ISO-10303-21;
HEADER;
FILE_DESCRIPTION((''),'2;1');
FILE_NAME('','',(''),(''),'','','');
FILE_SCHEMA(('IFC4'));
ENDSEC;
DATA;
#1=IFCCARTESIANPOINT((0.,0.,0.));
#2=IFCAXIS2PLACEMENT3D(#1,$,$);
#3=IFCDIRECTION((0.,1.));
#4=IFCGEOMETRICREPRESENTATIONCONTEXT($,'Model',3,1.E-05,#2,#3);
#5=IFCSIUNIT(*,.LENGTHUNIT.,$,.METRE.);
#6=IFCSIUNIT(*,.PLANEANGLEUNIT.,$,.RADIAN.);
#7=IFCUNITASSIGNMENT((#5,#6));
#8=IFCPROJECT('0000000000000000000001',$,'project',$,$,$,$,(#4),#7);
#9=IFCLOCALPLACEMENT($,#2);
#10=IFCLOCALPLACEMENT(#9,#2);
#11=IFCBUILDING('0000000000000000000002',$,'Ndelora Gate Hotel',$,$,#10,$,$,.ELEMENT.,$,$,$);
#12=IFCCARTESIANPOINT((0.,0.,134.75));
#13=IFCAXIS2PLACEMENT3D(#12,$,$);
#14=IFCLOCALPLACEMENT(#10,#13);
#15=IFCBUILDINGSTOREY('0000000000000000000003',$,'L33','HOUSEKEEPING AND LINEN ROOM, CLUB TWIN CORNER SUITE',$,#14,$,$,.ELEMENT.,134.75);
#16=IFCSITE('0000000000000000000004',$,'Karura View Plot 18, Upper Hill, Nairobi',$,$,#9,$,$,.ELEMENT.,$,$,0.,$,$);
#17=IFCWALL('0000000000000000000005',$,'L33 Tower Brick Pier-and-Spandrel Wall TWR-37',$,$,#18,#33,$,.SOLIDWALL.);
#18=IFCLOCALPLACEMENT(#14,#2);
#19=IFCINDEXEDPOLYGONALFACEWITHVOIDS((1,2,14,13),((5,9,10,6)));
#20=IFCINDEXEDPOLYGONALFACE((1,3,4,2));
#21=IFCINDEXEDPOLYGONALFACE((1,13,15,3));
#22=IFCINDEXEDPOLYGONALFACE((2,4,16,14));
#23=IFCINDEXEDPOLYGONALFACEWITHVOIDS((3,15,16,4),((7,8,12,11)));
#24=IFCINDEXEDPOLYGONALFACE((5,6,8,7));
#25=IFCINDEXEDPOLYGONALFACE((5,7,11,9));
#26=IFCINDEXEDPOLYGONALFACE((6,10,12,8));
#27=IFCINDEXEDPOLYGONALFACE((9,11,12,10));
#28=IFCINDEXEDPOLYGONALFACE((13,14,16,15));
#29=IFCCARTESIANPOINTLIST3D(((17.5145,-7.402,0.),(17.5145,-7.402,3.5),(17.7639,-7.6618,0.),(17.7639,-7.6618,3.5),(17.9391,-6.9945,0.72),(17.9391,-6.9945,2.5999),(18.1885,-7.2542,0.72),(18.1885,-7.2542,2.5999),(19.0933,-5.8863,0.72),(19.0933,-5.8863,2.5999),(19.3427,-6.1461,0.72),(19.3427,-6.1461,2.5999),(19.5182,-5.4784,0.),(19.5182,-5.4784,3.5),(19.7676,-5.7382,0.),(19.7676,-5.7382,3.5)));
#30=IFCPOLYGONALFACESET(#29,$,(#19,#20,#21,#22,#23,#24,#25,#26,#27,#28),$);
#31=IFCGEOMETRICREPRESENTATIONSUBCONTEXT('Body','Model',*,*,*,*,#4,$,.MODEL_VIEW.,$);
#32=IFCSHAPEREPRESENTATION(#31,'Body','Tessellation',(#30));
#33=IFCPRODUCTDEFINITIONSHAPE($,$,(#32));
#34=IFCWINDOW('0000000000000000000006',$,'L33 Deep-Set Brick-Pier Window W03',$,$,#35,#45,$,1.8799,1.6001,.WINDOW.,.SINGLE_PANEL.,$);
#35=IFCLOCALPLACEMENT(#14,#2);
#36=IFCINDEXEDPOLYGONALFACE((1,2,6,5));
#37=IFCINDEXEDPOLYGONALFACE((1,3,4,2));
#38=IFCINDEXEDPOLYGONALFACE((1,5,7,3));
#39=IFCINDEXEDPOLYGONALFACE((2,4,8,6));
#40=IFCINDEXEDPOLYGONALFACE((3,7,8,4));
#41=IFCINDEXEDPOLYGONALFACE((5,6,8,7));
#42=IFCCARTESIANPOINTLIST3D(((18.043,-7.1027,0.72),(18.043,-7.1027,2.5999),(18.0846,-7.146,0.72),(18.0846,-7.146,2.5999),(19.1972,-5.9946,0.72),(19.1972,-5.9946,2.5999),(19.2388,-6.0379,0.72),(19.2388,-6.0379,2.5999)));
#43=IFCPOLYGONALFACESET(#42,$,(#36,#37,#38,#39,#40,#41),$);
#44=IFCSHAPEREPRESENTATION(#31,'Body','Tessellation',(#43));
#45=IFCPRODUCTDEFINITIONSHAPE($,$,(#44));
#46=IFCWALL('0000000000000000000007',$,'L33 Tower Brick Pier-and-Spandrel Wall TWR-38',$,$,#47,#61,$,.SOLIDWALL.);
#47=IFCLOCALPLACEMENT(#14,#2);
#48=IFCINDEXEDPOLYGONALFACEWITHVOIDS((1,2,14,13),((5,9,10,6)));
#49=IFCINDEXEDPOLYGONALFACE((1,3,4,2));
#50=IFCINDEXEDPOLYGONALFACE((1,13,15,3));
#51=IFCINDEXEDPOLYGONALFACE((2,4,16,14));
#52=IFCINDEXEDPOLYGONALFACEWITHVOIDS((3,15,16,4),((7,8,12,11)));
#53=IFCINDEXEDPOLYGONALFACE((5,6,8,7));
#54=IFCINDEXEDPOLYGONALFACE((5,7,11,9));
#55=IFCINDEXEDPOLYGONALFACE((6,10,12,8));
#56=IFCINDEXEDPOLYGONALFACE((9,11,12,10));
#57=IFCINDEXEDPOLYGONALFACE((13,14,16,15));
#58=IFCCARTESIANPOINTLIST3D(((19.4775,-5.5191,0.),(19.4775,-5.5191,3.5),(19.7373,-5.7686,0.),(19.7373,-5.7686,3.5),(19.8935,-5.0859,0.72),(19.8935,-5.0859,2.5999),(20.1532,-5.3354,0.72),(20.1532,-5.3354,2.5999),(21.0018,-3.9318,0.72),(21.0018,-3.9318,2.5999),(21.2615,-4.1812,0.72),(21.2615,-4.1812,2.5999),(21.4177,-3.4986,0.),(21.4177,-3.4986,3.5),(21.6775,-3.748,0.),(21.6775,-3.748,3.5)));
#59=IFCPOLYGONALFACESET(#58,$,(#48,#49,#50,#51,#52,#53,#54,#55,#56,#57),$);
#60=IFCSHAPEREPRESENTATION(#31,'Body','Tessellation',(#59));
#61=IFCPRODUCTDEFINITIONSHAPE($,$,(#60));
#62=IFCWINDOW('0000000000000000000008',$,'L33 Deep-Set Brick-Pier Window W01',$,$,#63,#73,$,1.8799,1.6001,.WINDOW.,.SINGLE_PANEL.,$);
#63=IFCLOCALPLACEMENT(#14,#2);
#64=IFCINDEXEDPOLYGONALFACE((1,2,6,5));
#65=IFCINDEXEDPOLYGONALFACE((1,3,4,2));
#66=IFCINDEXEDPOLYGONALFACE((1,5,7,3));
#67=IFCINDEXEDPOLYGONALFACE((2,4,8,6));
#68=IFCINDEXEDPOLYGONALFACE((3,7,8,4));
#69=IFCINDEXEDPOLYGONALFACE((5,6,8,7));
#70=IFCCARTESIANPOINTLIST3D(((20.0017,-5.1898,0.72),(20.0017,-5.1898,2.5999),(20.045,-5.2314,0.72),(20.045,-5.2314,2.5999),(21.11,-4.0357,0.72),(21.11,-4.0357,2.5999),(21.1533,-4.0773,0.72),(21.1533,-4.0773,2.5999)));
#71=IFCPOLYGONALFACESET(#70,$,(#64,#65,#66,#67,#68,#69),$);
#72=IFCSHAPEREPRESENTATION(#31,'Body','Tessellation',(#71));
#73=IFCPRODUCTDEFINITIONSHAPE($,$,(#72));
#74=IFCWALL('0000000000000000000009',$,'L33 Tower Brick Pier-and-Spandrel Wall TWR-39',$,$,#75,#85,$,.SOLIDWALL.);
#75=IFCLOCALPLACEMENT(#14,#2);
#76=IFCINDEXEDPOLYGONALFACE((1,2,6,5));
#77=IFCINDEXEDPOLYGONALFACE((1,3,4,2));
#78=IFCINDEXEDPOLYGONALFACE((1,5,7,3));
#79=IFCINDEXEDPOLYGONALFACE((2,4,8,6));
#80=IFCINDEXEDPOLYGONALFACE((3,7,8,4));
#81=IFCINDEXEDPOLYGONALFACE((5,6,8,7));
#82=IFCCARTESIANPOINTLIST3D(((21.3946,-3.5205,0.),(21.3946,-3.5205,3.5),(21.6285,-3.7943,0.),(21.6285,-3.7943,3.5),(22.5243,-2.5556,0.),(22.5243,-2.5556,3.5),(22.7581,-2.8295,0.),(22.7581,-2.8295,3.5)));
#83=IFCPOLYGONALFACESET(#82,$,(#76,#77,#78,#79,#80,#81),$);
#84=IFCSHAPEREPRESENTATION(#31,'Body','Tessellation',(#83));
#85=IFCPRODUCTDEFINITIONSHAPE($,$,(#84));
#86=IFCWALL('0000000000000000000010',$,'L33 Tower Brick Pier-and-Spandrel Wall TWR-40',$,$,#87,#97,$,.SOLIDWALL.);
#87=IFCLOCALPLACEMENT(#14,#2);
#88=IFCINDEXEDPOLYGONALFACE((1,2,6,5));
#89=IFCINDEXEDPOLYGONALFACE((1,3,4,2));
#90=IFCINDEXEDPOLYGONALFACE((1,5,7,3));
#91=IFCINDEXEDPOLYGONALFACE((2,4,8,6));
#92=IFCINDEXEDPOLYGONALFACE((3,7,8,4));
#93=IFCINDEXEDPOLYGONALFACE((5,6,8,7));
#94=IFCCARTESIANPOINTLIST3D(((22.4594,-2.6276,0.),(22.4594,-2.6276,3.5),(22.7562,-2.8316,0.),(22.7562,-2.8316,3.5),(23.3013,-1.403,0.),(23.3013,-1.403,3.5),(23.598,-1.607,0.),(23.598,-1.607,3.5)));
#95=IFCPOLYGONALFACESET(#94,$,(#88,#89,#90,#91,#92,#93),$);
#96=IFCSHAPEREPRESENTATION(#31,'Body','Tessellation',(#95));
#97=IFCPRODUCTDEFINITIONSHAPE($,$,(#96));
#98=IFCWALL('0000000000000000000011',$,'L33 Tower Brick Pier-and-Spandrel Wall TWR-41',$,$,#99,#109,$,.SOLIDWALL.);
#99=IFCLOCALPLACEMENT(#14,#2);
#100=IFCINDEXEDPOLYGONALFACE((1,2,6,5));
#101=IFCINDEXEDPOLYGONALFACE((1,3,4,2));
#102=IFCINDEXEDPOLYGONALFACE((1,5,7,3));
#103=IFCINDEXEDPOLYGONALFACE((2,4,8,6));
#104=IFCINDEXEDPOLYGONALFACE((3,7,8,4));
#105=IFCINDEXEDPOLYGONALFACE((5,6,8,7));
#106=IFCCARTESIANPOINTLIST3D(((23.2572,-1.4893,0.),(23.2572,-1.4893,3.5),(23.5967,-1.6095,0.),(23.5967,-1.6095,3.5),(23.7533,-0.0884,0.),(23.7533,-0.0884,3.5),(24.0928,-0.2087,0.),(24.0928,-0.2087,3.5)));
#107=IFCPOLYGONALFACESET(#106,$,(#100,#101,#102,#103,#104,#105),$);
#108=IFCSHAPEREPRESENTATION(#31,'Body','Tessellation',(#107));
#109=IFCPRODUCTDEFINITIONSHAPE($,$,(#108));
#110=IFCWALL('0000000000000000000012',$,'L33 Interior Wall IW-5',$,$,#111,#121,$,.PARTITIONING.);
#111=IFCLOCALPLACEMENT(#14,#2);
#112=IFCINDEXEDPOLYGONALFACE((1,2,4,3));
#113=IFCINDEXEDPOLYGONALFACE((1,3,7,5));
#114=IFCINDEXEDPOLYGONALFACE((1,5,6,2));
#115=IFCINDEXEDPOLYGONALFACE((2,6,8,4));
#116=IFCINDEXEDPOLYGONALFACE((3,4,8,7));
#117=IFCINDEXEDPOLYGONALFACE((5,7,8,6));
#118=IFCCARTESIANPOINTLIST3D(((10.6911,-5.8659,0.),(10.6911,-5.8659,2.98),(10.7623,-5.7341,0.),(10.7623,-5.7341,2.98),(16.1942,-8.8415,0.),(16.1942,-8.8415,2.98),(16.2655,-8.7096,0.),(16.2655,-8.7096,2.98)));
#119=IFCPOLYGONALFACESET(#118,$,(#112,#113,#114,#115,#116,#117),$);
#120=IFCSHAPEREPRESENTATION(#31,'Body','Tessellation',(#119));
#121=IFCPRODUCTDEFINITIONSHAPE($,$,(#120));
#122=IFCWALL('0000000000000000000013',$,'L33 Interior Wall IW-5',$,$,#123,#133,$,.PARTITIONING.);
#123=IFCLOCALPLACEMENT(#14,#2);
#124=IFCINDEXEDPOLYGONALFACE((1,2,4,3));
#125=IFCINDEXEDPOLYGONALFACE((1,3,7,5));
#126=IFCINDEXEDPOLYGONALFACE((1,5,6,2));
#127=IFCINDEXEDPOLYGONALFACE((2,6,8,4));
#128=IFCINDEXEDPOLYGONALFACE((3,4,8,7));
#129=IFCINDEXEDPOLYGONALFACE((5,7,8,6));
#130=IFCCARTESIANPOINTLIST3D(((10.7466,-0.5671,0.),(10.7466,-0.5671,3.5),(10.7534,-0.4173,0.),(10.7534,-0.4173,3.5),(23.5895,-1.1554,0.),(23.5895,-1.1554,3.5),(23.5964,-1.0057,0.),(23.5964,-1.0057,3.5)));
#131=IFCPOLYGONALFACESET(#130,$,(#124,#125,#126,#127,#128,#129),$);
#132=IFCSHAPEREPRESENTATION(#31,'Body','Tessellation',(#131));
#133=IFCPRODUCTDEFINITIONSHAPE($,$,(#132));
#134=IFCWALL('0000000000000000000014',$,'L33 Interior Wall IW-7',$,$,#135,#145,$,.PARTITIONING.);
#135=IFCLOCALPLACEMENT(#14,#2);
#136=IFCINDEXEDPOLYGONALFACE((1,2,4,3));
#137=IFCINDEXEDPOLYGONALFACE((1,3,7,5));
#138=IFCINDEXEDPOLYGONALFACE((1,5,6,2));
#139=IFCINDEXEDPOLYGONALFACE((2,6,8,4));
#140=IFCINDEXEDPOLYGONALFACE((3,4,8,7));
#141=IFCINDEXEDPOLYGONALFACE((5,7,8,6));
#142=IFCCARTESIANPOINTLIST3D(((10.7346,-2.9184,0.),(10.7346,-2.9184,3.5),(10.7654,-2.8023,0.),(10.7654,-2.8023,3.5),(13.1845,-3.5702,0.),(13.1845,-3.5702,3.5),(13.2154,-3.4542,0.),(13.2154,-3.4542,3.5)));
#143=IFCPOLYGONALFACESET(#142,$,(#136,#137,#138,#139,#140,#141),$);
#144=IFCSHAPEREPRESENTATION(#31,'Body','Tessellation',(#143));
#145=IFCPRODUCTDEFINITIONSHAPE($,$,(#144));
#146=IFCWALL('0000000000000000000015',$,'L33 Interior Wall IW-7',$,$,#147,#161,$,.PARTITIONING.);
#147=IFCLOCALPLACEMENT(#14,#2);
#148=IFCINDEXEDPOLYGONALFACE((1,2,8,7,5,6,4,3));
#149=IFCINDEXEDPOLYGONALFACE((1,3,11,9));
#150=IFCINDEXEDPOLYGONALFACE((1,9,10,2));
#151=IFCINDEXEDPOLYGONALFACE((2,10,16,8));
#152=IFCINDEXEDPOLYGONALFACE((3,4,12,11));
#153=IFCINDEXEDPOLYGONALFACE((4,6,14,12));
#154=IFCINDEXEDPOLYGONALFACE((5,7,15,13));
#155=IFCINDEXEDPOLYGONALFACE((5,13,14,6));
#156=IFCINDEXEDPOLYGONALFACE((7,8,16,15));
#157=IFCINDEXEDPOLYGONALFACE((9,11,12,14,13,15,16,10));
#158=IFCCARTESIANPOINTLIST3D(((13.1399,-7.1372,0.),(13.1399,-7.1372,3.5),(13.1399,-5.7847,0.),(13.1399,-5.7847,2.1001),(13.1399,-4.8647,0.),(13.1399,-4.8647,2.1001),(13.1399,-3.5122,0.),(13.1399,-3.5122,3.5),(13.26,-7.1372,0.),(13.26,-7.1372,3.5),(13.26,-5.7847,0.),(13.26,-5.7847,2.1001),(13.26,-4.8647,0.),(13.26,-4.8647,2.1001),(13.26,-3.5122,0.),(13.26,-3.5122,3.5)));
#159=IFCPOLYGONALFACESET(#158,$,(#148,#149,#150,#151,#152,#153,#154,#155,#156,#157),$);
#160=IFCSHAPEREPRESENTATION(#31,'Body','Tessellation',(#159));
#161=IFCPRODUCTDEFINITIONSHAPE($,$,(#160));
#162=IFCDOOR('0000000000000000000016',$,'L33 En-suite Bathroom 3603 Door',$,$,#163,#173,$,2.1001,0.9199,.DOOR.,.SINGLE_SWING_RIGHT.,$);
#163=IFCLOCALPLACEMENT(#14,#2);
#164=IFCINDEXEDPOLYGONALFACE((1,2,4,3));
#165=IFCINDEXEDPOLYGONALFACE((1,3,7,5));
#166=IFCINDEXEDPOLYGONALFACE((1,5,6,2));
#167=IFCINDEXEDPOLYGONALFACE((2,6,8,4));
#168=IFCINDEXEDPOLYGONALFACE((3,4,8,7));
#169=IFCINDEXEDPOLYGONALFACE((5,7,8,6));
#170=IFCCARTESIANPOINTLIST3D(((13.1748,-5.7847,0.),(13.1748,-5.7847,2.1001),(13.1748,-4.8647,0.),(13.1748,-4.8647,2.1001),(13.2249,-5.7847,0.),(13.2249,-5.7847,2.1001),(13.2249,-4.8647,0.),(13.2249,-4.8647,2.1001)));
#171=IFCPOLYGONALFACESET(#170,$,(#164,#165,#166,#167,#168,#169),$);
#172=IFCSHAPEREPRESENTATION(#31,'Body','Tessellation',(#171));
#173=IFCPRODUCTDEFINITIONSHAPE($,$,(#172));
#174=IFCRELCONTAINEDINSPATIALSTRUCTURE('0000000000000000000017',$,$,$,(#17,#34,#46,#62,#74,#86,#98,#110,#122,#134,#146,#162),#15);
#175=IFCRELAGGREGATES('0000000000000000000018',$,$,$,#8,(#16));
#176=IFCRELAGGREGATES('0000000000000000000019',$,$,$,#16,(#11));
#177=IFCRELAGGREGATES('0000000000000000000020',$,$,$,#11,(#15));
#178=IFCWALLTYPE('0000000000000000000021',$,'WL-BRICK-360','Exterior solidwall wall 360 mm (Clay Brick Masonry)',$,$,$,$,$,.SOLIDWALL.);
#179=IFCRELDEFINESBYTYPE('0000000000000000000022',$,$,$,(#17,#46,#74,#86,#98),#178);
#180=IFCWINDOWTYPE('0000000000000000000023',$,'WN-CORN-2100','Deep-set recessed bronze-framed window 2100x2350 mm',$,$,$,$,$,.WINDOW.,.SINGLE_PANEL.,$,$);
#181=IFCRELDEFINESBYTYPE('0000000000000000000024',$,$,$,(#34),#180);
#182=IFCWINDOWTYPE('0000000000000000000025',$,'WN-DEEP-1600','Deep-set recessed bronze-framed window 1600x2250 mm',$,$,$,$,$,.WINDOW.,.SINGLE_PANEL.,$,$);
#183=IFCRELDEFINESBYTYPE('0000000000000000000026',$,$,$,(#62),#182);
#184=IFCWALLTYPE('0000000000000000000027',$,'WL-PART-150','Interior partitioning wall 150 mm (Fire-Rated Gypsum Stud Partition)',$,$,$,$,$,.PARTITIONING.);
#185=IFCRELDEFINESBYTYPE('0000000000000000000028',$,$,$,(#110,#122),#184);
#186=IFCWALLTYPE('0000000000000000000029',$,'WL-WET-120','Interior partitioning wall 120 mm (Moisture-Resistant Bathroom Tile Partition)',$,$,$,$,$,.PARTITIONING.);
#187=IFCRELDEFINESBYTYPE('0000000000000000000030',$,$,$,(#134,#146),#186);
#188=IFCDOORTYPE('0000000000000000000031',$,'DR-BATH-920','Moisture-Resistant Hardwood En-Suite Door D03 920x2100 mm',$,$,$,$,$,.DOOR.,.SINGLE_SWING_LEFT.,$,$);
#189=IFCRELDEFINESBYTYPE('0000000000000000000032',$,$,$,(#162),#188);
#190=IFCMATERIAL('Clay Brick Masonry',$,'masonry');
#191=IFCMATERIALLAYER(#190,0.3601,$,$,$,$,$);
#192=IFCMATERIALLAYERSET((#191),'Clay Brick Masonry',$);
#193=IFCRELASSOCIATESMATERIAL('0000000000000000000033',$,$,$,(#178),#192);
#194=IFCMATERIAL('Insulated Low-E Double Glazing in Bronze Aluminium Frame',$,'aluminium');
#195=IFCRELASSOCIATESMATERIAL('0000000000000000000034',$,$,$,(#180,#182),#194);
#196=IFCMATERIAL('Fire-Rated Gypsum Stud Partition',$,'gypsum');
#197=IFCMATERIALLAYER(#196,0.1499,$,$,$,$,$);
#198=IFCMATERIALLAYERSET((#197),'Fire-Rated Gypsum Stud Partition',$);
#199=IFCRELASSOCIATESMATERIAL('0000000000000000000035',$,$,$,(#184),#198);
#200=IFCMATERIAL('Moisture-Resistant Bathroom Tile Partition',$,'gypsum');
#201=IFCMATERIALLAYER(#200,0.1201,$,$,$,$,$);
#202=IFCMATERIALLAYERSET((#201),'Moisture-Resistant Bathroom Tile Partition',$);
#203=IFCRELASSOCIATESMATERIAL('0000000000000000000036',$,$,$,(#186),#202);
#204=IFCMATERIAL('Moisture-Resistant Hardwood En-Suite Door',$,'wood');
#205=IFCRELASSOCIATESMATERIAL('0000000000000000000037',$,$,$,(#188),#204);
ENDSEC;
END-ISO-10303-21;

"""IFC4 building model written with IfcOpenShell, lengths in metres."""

from ifc_helpers import new_model, si_unit, direction, frame, frame_2d, origin, place, context, subcontext, project, spatial, rectangle, extrude, material, layer, layer_set, type_object, element, fill, save


model = new_model("IFC4")

# Units and contexts
model_context = context("Model", 3, precision=1e-05, world=origin(), true_north=direction((0.0, 1.0)))
body_context = subcontext(model_context, "Body", "Model", "MODEL_VIEW")
ifc_project = project(units=[si_unit("LENGTHUNIT", "METRE"), si_unit("PLANEANGLEUNIT", "RADIAN")], contexts=[model_context])

# Site, building, storey
site_placement = place(None, origin())
site = spatial("IfcSite", under=ifc_project, at=site_placement, Name="Karura View Plot 18, Upper Hill, Nairobi", CompositionType="ELEMENT", RefElevation=0.0)
building_placement = place(site_placement, origin())
building = spatial("IfcBuilding", under=site, at=building_placement, Name="Ndelora Gate Hotel", CompositionType="ELEMENT")
storey_placement = place(building_placement, frame((0.0, 0.0, 134.75)))
storey = spatial("IfcBuildingStorey", under=building, at=storey_placement, Name="L33", Description="HOUSEKEEPING AND LINEN ROOM, CLUB TWIN CORNER SUITE", CompositionType="ELEMENT", Elevation=134.75)

# Shared definitions
ifc_material_1 = material(Name="Clay Brick Masonry", Category="masonry")
ifc_layer_1 = layer(ifc_material_1, 0.3601)
ifc_layer_set_1 = layer_set([ifc_layer_1], Name="Clay Brick Masonry")
wall_type_1 = type_object("IfcWallType", Name="WL-BRICK-360", Description="Exterior solidwall wall 360 mm (Clay Brick Masonry)", PredefinedType="SOLIDWALL", material=ifc_layer_set_1)
ifc_material_2 = material(Name="Insulated Low-E Double Glazing in Bronze Aluminium Frame", Category="aluminium")

# Walls, openings, windows
wall_1_placement = place(storey_placement, frame((19.6428, -5.6084, 0.0), z_axis=(0.0, 0.0, 1.0), x_axis=(-0.721375, -0.692545, 0.0)))
wall_1 = element("IfcWall", 1, at=wall_1_placement, inside=storey, type_object=wall_type_1, Name="L33 Tower Brick Pier-and-Spandrel Wall TWR-37", PredefinedType="SOLIDWALL", context=body_context, shape_type="SweptSolid", body=[
    extrude(rectangle(XDim=2.7776, YDim=0.3601, at=frame_2d((1.3887, 0.0))), origin(), (0.0, 0.0, 1.0), 3.5),
])
opening_1_placement = place(wall_1_placement, frame((0.5889, 0.0, 0.72)))
opening_1 = element("IfcOpeningElement", 2, at=opening_1_placement, cuts=wall_1, PredefinedType="OPENING", context=body_context, shape_type="SweptSolid", body=[
    extrude(rectangle(XDim=1.6001, YDim=1.8799, at=frame_2d((0.8, 0.9399))), frame((0.0, 0.1899, 0.0), z_axis=(0.0, -1.0, 0.0), x_axis=(1.0, 0.0, 0.0)), (0.0, 0.0, 1.0), 0.3801),
])
window_type_1 = type_object("IfcWindowType", Name="WN-CORN-2100", Description="Deep-set recessed bronze-framed window 2100x2350 mm", PartitioningType="SINGLE_PANEL", PredefinedType="WINDOW", material=ifc_material_2)
window_1_placement = place(opening_1_placement, origin())
window_1 = element("IfcWindow", 3, at=window_1_placement, inside=storey, type_object=window_type_1, Name="L33 Deep-Set Brick-Pier Window W03", OverallHeight=1.8799, OverallWidth=1.6001, PartitioningType="SINGLE_PANEL", PredefinedType="WINDOW", context=body_context, shape_type="SweptSolid", body=[
    extrude(rectangle(XDim=1.6001, YDim=1.8799, at=frame_2d((0.8, 0.9399))), frame((0.0, 0.03, 0.0), z_axis=(0.0, -1.0, 0.0), x_axis=(1.0, 0.0, 0.0)), (0.0, 0.0, 1.0), 0.0601),
])
fill(opening_1, window_1)
wall_2_placement = place(storey_placement, frame((21.5476, -3.6233, 0.0), z_axis=(0.0, 0.0, 1.0), x_axis=(-0.692624, -0.721298, 0.0)))
wall_2 = element("IfcWall", 4, at=wall_2_placement, inside=storey, type_object=wall_type_1, Name="L33 Tower Brick Pier-and-Spandrel Wall TWR-38", PredefinedType="SOLIDWALL", context=body_context, shape_type="SweptSolid", body=[
    extrude(rectangle(XDim=2.8013, YDim=0.3601, at=frame_2d((1.4006, 0.0))), origin(), (0.0, 0.0, 1.0), 3.5),
])
opening_2_placement = place(wall_2_placement, frame((0.6006, 0.0, 0.72)))
opening_2 = element("IfcOpeningElement", 5, at=opening_2_placement, cuts=wall_2, PredefinedType="OPENING", context=body_context, shape_type="SweptSolid", body=[
    extrude(rectangle(XDim=1.6001, YDim=1.8799, at=frame_2d((0.8, 0.9399))), frame((0.0, 0.1899, 0.0), z_axis=(0.0, -1.0, 0.0), x_axis=(1.0, 0.0, 0.0)), (0.0, 0.0, 1.0), 0.3801),
])
window_type_2 = type_object("IfcWindowType", Name="WN-DEEP-1600", Description="Deep-set recessed bronze-framed window 1600x2250 mm", PartitioningType="SINGLE_PANEL", PredefinedType="WINDOW", material=ifc_material_2)
window_2_placement = place(opening_2_placement, origin())
window_2 = element("IfcWindow", 6, at=window_2_placement, inside=storey, type_object=window_type_2, Name="L33 Deep-Set Brick-Pier Window W01", OverallHeight=1.8799, OverallWidth=1.6001, PartitioningType="SINGLE_PANEL", PredefinedType="WINDOW", context=body_context, shape_type="SweptSolid", body=[
    extrude(rectangle(XDim=1.6001, YDim=1.8799, at=frame_2d((0.8, 0.9399))), frame((0.0, 0.03, 0.0), z_axis=(0.0, -1.0, 0.0), x_axis=(1.0, 0.0, 0.0)), (0.0, 0.0, 1.0), 0.0601),
])
fill(opening_2, window_2)

# Walls
wall_3_placement = place(storey_placement, frame((22.6411, -2.6926, 0.0), z_axis=(0.0, 0.0, 1.0), x_axis=(-0.760392, -0.649464, 0.0)))
element("IfcWall", 7, at=wall_3_placement, inside=storey, type_object=wall_type_1, Name="L33 Tower Brick Pier-and-Spandrel Wall TWR-39", PredefinedType="SOLIDWALL", context=body_context, shape_type="SweptSolid", body=[
    extrude(rectangle(XDim=1.4856, YDim=0.3601, at=frame_2d((0.7427, 0.0))), origin(), (0.0, 0.0, 1.0), 3.5),
])
for number, where, z_axis, x_axis, name in (
    (8, (23.4497, -1.5049, 0.0), (0.0, 0.0, 1.0), (-0.566473, -0.82408, 0.0), "L33 Tower Brick Pier-and-Spandrel Wall TWR-40"),
    (9, (23.9231, -0.1484, 0.0), (0.0, 0.0, 1.0), (-0.333817, -0.942638, 0.0), "L33 Tower Brick Pier-and-Spandrel Wall TWR-41"),
):
    element("IfcWall", number, at=place(storey_placement, frame(where, z_axis=z_axis, x_axis=x_axis)), inside=storey, type_object=wall_type_1, Name=name, PredefinedType="SOLIDWALL", context=body_context, shape_type="SweptSolid", body=[
        extrude(rectangle(XDim=1.4861, YDim=0.3601, at=frame_2d((0.7432, 0.0))), origin(), (0.0, 0.0, 1.0), 3.5),
    ])
ifc_material_3 = material(Name="Fire-Rated Gypsum Stud Partition", Category="gypsum")
ifc_layer_2 = layer(ifc_material_3, 0.1499)
ifc_layer_set_2 = layer_set([ifc_layer_2], Name="Fire-Rated Gypsum Stud Partition")
wall_type_2 = type_object("IfcWallType", Name="WL-PART-150", Description="Interior partitioning wall 150 mm (Fire-Rated Gypsum Stud Partition)", PredefinedType="PARTITIONING", material=ifc_layer_set_2)
wall_4_placement = place(storey_placement, frame((10.7268, -5.8, 0.0), z_axis=(0.0, 0.0, 1.0), x_axis=(0.879647, -0.475628, 0.0)))
element("IfcWall", 10, at=wall_4_placement, inside=storey, type_object=wall_type_2, Name="L33 Interior Wall IW-5", PredefinedType="PARTITIONING", context=body_context, shape_type="SweptSolid", body=[
    extrude(rectangle(XDim=6.2561, YDim=0.1499, at=frame_2d((3.1279, 0.0))), origin(), (0.0, 0.0, 1.0), 2.98),
])
wall_5_placement = place(storey_placement, frame((10.75, -0.4922, 0.0), z_axis=(0.0, 0.0, 1.0), x_axis=(0.998952, -0.045765, 0.0)))
element("IfcWall", 11, at=wall_5_placement, inside=storey, type_object=wall_type_2, Name="L33 Interior Wall IW-5", PredefinedType="PARTITIONING", context=body_context, shape_type="SweptSolid", body=[
    extrude(rectangle(XDim=12.8564, YDim=0.1499, at=frame_2d((6.4282, 0.0))), origin(), (0.0, 0.0, 1.0), 3.5),
])
ifc_material_4 = material(Name="Moisture-Resistant Bathroom Tile Partition", Category="gypsum")
ifc_layer_3 = layer(ifc_material_4, 0.1201)
ifc_layer_set_3 = layer_set([ifc_layer_3], Name="Moisture-Resistant Bathroom Tile Partition")
wall_type_3 = type_object("IfcWallType", Name="WL-WET-120", Description="Interior partitioning wall 120 mm (Moisture-Resistant Bathroom Tile Partition)", PredefinedType="PARTITIONING", material=ifc_layer_set_3)
wall_6_placement = place(storey_placement, frame((10.75, -2.8604, 0.0), z_axis=(0.0, 0.0, 1.0), x_axis=(0.966379, -0.257123, 0.0)))
element("IfcWall", 12, at=wall_6_placement, inside=storey, type_object=wall_type_3, Name="L33 Interior Wall IW-7", PredefinedType="PARTITIONING", context=body_context, shape_type="SweptSolid", body=[
    extrude(rectangle(XDim=2.5352, YDim=0.1201, at=frame_2d((1.2676, 0.0))), origin(), (0.0, 0.0, 1.0), 3.5),
])

# Wall, opening, door
wall_7_placement = place(storey_placement, frame((13.2, -3.5122, 0.0), z_axis=(0.0, 0.0, 1.0), x_axis=(0.0, -1.0, 0.0)))
wall_7 = element("IfcWall", 13, at=wall_7_placement, inside=storey, type_object=wall_type_3, Name="L33 Interior Wall IW-7", PredefinedType="PARTITIONING", context=body_context, shape_type="SweptSolid", body=[
    extrude(rectangle(XDim=3.625, YDim=0.1201, at=frame_2d((1.8125, 0.0))), origin(), (0.0, 0.0, 1.0), 3.5),
])
opening_3_placement = place(wall_7_placement, frame((1.3525, 0.0, 0.0)))
opening_3 = element("IfcOpeningElement", 14, at=opening_3_placement, cuts=wall_7, PredefinedType="OPENING", context=body_context, shape_type="SweptSolid", body=[
    extrude(rectangle(XDim=0.9199, YDim=2.1001, at=frame_2d((0.46, 1.05))), frame((0.0, 0.0701, 0.0), z_axis=(0.0, -1.0, 0.0), x_axis=(1.0, 0.0, 0.0)), (0.0, 0.0, 1.0), 0.1401),
])
ifc_material_5 = material(Name="Moisture-Resistant Hardwood En-Suite Door", Category="wood")
door_type = type_object("IfcDoorType", Name="DR-BATH-920", Description="Moisture-Resistant Hardwood En-Suite Door D03 920x2100 mm", OperationType="SINGLE_SWING_LEFT", PredefinedType="DOOR", material=ifc_material_5)
door_placement = place(opening_3_placement, origin())
door = element("IfcDoor", 15, at=door_placement, inside=storey, type_object=door_type, Name="L33 En-suite Bathroom 3603 Door", OperationType="SINGLE_SWING_RIGHT", OverallHeight=2.1001, OverallWidth=0.9199, PredefinedType="DOOR", context=body_context, shape_type="SweptSolid", body=[
    extrude(rectangle(XDim=0.9199, YDim=2.1001, at=frame_2d((0.46, 1.05))), frame((0.0, 0.0249, 0.0), z_axis=(0.0, -1.0, 0.0), x_axis=(1.0, 0.0, 0.0)), (0.0, 0.0, 1.0), 0.05),
])
fill(opening_3, door)

save(model, "model.ifc")
